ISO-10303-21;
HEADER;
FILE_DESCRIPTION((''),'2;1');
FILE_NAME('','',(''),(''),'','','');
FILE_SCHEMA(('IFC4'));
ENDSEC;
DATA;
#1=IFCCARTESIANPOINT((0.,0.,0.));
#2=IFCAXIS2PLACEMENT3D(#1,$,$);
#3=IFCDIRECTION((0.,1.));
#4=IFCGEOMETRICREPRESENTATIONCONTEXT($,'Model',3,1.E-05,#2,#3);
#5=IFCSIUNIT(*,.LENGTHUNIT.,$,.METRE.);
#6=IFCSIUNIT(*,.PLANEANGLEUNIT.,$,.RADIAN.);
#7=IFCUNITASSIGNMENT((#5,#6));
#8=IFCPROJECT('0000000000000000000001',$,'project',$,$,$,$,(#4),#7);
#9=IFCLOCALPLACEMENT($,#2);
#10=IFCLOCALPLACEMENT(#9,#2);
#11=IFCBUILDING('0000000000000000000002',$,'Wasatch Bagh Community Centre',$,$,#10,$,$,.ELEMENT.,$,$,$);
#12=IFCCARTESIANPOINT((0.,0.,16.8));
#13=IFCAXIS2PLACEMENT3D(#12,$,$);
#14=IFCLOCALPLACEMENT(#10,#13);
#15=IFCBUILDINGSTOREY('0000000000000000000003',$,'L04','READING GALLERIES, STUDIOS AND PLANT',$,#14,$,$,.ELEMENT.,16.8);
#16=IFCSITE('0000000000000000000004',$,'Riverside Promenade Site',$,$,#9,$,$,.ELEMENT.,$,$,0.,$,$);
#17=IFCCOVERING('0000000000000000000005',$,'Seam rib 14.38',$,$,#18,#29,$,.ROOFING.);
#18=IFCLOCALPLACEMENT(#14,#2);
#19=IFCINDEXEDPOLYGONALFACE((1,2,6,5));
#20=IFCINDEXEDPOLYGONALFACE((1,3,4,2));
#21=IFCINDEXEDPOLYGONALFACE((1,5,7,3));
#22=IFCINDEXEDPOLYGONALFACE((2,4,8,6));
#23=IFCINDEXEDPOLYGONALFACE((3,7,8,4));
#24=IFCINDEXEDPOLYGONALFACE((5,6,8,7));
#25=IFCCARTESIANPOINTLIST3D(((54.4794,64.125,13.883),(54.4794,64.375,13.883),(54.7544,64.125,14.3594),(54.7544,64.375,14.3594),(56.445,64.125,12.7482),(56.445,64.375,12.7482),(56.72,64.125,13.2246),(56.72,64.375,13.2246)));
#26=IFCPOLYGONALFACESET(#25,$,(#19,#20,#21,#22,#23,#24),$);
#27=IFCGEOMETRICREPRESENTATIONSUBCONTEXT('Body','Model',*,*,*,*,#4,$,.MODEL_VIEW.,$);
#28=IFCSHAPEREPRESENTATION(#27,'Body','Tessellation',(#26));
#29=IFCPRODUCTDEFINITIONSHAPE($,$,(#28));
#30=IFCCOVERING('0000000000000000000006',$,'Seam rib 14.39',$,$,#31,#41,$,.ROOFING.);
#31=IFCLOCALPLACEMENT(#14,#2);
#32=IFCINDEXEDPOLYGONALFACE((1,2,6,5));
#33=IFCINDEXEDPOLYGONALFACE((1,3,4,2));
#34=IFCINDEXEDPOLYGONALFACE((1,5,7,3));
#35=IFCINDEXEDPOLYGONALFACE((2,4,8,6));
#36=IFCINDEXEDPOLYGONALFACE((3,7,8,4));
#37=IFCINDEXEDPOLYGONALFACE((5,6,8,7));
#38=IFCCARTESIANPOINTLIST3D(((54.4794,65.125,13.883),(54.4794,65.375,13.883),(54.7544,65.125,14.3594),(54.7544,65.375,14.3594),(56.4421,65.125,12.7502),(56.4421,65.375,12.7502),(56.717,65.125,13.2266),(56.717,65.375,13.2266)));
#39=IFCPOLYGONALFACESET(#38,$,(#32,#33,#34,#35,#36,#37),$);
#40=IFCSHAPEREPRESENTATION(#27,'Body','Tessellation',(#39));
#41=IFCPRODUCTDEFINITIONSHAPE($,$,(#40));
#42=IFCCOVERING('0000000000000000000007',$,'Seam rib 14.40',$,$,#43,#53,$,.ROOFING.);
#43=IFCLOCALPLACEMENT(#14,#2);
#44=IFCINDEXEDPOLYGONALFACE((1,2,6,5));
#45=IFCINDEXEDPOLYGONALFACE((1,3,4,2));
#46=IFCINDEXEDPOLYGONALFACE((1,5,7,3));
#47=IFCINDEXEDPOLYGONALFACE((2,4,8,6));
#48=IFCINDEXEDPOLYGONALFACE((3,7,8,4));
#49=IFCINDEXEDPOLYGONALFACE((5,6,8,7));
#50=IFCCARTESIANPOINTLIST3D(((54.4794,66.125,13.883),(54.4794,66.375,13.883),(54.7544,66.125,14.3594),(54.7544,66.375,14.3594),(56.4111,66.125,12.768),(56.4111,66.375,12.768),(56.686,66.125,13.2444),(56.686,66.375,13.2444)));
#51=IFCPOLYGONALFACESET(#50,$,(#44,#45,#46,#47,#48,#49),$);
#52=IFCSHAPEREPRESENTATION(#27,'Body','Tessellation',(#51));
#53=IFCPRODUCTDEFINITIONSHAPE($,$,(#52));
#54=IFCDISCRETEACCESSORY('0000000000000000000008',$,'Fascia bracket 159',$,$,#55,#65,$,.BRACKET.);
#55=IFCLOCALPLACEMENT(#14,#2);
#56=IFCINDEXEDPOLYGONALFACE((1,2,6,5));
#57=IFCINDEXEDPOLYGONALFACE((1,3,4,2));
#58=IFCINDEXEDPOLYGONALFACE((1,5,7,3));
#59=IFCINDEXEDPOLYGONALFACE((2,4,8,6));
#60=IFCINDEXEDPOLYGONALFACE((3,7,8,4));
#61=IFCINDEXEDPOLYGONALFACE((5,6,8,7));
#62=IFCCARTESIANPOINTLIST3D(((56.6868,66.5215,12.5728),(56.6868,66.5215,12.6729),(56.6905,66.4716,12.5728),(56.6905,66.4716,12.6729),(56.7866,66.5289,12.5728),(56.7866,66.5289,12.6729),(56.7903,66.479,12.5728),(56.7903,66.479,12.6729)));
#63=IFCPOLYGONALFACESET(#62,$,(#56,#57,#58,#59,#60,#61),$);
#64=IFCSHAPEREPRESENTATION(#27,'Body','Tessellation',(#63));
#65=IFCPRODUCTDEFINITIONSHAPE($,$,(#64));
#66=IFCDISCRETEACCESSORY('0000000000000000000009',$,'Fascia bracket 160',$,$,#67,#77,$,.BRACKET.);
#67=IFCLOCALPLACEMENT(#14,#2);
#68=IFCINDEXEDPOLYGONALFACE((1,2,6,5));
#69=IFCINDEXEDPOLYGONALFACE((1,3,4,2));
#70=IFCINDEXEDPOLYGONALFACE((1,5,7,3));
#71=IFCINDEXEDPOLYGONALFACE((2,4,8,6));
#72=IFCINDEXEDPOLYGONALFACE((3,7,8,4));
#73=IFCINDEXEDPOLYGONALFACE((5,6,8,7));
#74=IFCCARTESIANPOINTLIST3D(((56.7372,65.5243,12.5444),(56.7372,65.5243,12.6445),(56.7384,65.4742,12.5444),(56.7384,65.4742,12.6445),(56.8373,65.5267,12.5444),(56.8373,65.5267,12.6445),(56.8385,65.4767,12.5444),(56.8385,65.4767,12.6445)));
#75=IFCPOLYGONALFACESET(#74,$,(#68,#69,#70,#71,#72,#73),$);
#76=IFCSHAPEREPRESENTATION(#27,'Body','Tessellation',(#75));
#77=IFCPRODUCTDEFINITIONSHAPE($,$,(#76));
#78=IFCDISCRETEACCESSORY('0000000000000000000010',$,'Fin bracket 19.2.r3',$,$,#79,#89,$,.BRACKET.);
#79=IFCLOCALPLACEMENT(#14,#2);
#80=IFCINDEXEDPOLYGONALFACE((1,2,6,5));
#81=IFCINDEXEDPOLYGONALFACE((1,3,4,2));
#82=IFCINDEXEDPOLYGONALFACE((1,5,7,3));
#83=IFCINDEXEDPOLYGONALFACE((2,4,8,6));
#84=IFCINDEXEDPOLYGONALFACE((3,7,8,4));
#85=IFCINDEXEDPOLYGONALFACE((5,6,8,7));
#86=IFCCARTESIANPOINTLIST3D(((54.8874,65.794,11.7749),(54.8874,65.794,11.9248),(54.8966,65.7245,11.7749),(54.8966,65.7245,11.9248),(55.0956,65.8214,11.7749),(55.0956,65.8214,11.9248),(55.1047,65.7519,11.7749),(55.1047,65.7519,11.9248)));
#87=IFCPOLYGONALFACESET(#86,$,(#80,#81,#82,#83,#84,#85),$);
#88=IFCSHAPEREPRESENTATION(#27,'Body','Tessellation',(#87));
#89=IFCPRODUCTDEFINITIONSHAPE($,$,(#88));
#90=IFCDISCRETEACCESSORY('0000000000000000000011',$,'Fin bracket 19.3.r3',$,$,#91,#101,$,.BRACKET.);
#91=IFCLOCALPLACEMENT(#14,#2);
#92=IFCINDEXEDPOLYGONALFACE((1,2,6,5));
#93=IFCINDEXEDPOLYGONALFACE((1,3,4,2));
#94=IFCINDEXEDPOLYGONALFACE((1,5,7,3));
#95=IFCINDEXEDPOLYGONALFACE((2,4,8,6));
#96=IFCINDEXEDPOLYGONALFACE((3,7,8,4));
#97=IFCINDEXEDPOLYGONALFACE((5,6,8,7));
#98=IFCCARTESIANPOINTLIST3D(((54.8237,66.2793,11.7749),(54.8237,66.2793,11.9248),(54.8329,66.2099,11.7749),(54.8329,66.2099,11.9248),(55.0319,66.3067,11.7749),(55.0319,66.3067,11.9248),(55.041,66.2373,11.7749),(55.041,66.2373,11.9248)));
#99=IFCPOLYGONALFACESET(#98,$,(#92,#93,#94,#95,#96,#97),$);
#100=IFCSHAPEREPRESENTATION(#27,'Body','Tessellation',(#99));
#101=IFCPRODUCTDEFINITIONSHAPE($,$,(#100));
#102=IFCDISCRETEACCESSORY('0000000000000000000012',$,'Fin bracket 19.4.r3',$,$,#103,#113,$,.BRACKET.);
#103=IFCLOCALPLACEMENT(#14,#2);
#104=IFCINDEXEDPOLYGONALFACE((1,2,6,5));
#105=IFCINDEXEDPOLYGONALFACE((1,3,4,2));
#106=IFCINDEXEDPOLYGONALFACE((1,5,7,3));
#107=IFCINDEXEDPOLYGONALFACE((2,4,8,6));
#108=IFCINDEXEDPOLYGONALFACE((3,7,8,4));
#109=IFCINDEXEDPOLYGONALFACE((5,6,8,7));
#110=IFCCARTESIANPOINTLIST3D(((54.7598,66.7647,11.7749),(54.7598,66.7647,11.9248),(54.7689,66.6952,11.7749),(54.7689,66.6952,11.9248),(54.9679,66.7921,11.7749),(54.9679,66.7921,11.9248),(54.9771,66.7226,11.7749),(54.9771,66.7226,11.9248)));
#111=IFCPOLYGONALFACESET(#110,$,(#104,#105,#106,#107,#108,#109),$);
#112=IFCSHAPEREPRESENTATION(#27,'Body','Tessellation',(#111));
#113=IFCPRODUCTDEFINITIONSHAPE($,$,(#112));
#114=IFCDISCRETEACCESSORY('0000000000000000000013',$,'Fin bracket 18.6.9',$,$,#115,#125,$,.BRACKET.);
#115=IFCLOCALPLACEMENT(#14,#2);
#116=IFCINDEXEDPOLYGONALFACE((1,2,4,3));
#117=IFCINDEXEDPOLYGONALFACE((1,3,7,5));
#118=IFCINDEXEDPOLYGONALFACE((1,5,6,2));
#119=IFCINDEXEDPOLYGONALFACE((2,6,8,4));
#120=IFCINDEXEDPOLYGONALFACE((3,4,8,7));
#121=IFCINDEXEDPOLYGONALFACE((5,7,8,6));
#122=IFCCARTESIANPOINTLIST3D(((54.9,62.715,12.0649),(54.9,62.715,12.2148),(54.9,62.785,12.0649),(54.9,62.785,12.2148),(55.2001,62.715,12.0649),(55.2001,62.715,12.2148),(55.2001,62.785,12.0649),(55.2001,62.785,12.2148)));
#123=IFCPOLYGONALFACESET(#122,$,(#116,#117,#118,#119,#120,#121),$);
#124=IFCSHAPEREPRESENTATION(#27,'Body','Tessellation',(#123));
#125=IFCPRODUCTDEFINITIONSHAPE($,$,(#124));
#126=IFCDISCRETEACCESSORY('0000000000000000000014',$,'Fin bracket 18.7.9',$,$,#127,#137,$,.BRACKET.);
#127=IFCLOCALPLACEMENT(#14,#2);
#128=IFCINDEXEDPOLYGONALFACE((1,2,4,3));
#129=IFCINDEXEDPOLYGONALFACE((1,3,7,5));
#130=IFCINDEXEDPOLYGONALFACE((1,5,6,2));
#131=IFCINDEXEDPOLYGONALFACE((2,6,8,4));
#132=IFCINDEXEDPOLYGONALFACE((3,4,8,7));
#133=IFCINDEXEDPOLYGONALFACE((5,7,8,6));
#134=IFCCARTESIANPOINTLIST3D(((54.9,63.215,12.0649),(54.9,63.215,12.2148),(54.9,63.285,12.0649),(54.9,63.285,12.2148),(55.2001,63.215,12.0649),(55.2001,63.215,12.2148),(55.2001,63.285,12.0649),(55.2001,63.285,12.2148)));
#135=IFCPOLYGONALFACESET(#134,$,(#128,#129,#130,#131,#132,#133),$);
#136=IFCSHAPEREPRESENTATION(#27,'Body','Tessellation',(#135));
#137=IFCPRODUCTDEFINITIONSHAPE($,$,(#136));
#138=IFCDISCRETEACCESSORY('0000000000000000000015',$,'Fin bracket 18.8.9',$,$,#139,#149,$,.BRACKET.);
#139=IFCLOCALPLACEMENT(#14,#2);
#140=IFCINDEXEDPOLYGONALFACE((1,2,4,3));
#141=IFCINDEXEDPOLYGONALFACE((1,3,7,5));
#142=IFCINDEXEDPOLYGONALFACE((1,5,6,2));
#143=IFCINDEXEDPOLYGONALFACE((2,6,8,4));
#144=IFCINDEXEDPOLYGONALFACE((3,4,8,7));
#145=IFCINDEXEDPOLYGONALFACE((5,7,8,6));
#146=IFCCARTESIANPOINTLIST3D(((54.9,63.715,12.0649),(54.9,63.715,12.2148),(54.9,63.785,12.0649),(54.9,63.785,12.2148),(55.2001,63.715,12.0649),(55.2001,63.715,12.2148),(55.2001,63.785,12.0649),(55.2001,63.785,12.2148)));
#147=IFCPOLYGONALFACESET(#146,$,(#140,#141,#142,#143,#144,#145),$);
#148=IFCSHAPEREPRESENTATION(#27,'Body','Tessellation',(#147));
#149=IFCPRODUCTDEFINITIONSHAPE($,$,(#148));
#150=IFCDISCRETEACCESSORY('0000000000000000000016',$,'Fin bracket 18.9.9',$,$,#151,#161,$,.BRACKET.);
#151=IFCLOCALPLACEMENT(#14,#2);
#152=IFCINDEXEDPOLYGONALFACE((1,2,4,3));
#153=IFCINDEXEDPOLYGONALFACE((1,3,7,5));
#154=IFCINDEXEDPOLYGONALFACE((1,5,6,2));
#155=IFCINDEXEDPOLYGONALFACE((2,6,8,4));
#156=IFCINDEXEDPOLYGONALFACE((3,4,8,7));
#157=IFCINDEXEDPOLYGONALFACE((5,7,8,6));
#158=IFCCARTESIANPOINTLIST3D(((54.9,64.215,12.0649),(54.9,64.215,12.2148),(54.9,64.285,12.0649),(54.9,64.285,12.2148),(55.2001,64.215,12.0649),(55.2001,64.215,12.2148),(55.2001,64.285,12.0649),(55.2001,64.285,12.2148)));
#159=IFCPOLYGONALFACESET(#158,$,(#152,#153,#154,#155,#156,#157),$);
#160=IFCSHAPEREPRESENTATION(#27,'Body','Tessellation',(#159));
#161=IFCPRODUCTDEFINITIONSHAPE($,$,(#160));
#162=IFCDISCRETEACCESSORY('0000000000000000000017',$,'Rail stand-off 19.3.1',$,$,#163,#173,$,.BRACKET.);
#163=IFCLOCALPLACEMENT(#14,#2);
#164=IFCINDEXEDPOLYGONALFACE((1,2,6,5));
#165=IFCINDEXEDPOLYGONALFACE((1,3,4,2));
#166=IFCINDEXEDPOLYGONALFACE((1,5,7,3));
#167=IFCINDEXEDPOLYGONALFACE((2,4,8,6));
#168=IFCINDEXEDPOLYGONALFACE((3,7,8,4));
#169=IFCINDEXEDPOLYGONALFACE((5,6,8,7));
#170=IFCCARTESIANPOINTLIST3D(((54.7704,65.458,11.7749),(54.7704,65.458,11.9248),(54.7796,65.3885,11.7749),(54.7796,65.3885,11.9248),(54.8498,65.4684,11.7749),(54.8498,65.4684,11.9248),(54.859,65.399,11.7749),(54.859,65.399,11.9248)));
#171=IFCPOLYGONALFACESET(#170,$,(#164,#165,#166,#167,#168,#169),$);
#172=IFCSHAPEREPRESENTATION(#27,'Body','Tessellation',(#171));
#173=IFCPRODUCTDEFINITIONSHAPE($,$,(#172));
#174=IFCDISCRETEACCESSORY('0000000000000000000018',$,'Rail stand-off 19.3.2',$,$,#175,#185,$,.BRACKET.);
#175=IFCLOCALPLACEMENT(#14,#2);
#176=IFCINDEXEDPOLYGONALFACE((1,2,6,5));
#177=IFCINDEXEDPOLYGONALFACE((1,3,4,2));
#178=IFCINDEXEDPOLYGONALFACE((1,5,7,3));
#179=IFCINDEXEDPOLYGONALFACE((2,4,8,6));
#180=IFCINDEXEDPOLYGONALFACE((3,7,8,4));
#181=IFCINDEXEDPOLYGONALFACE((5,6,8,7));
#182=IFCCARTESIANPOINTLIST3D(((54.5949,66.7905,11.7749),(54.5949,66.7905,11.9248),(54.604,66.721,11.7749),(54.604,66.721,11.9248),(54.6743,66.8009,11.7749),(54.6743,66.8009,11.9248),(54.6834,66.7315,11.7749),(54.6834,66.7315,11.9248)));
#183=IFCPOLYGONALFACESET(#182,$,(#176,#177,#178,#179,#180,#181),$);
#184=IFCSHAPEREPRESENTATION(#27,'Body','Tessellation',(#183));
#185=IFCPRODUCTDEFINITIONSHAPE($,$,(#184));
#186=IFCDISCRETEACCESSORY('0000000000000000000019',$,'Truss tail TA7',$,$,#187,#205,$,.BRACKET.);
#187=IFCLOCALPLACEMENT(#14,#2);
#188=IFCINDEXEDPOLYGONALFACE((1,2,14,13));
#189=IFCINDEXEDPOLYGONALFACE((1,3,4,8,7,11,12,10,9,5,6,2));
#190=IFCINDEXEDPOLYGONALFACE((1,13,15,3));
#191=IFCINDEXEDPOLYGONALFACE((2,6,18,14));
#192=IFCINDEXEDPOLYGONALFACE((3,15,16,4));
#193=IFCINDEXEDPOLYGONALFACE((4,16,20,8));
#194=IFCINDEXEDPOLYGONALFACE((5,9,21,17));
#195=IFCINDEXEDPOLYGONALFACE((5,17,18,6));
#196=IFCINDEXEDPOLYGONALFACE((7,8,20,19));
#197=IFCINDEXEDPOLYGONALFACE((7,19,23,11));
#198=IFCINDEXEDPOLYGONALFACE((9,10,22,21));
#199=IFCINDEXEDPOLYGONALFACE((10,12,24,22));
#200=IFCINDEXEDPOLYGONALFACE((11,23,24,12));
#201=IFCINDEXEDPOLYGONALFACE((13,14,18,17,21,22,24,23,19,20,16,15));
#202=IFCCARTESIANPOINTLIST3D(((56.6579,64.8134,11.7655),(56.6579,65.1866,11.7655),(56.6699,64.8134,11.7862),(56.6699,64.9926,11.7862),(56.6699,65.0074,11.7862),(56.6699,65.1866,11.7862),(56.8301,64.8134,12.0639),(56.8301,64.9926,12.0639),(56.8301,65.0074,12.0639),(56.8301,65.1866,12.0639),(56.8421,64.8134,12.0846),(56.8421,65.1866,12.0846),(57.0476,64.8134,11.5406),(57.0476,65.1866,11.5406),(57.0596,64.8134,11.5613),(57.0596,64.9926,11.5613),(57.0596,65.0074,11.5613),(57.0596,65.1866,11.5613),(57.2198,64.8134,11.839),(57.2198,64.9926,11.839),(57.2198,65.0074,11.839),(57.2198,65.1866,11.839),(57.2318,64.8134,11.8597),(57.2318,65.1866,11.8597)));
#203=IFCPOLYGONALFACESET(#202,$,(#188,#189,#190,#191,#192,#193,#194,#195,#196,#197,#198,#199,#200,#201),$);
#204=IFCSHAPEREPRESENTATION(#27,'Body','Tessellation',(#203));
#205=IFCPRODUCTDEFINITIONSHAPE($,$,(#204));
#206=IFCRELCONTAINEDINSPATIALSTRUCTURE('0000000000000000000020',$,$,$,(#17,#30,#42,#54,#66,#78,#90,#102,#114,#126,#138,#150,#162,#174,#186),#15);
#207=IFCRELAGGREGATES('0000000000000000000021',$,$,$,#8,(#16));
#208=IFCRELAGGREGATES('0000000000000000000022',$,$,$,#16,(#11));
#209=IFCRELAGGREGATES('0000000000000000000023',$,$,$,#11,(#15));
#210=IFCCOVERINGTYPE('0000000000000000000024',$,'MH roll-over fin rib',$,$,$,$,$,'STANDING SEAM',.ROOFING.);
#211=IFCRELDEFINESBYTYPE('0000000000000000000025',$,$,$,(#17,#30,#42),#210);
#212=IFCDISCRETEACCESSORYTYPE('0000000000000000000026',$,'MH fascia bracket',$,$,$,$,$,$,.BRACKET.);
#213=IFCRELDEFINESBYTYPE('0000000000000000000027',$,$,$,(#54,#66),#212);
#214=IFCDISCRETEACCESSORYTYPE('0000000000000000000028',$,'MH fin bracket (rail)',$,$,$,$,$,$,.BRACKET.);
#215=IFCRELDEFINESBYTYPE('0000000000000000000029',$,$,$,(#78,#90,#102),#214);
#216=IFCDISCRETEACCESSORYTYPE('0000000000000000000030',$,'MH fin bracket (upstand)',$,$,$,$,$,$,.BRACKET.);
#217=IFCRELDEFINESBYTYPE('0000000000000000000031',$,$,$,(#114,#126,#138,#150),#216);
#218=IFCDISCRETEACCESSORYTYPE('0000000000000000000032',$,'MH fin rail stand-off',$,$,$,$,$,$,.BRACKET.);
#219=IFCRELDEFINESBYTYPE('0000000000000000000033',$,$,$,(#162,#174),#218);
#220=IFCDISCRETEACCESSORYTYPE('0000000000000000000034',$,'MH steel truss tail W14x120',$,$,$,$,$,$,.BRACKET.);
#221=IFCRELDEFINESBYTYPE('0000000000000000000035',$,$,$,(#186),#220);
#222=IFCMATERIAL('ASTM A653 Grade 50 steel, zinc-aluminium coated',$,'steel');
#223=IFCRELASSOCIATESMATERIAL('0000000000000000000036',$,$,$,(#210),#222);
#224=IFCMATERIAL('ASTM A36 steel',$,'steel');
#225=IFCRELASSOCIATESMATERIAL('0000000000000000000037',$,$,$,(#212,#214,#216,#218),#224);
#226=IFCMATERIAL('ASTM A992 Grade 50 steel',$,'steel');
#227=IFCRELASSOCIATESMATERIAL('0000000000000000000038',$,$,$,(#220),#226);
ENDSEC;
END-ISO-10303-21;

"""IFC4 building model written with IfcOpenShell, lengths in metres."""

from ifc_helpers import new_model, si_unit, direction, frame, origin, origin_2d, place, context, subcontext, project, spatial, polyline, rectangle, i_section, outline, extrude, material, material_profile, profile_set, type_object, element, save


model = new_model("IFC4")

# Units and contexts
model_context = context("Model", 3, precision=1e-05, world=origin(), true_north=direction((0.0, 1.0)))
body_context = subcontext(model_context, "Body", "Model", "MODEL_VIEW")
ifc_project = project(units=[si_unit("LENGTHUNIT", "METRE"), si_unit("PLANEANGLEUNIT", "RADIAN")], contexts=[model_context])

# Site, building, storey
site_placement = place(None, origin())
site = spatial("IfcSite", under=ifc_project, at=site_placement, Name="Riverside Promenade Site", CompositionType="ELEMENT", RefElevation=0.0)
building_placement = place(site_placement, origin())
building = spatial("IfcBuilding", under=site, at=building_placement, Name="Wasatch Bagh Community Centre", CompositionType="ELEMENT")
storey_placement = place(building_placement, frame((0.0, 0.0, 16.8)))
storey = spatial("IfcBuildingStorey", under=building, at=storey_placement, Name="L04", Description="READING GALLERIES, STUDIOS AND PLANT", CompositionType="ELEMENT", Elevation=16.8)

# Shared definitions
ifc_material_1 = material(Name="ASTM A992 Grade 50 steel", Category="steel")

# Coverings
ifc_material_2 = material(Name="ASTM A653 Grade 50 steel, zinc-aluminium coated", Category="steel")
covering_type_1 = type_object("IfcCoveringType", Name="MH roll-over fin rib", ElementType="STANDING SEAM", PredefinedType="ROOFING", material=ifc_material_2)
for number, where, z_axis, x_axis, name in (
    (1, (54.7544, 64.125, 14.3594), (0.49998, 0.0, 0.866037), (0.866037, 0.0, -0.49998), "Seam rib 14.38"),
):
    element("IfcCovering", number, at=place(storey_placement, frame(where, z_axis=z_axis, x_axis=x_axis)), inside=storey, type_object=covering_type_1, Name=name, PredefinedType="ROOFING", context=body_context, shape_type="SweptSolid", body=[
        extrude(outline(polyline([(0.0, 0.0), (2.2696, 0.0), (2.2696, 0.25), (0.0, 0.25), (0.0, 0.0)])), origin(), (0.0, 0.0, -1.0), 0.55),
    ])
covering_1_placement = place(storey_placement, frame((54.7544, 65.125, 14.3594), z_axis=(0.499893, 0.0, 0.866087), x_axis=(0.866087, 0.0, -0.499893)))
element("IfcCovering", 2, at=covering_1_placement, inside=storey, type_object=covering_type_1, Name="Seam rib 14.39", PredefinedType="ROOFING", context=body_context, shape_type="SweptSolid", body=[
    extrude(outline(polyline([(0.0, 0.0), (2.2661, 0.0), (2.2661, 0.25), (0.0, 0.25), (0.0, 0.0)])), origin(), (0.0, 0.0, -1.0), 0.55),
])
covering_2_placement = place(storey_placement, frame((54.7544, 66.125, 14.3594), z_axis=(0.499918, 0.0, 0.866073), x_axis=(0.866073, 0.0, -0.499918)))
element("IfcCovering", 3, at=covering_2_placement, inside=storey, type_object=covering_type_1, Name="Seam rib 14.40", PredefinedType="ROOFING", context=body_context, shape_type="SweptSolid", body=[
    extrude(outline(polyline([(0.0, 0.0), (2.2303, 0.0), (2.2303, 0.25), (0.0, 0.25), (0.0, 0.0)])), origin(), (0.0, 0.0, -1.0), 0.55),
])

# Discrete accessories
ifc_material_3 = material(Name="ASTM A36 steel", Category="steel")
discrete_accessory_type_1 = type_object("IfcDiscreteAccessoryType", Name="MH fascia bracket", PredefinedType="BRACKET", material=ifc_material_3)
for number, where, z_axis, x_axis, name in (
    (4, (56.7385, 66.5002, 12.5728), (0.0, 0.0, 1.0), (0.99729, 0.073565, 0.0), "Fascia bracket 159"),
    (5, (56.7878, 65.5005, 12.5444), (0.0, 0.0, 1.0), (0.999699, 0.024541, 0.0), "Fascia bracket 160"),
):
    element("IfcDiscreteAccessory", number, at=place(storey_placement, frame(where, z_axis=z_axis, x_axis=x_axis)), inside=storey, type_object=discrete_accessory_type_1, Name=name, PredefinedType="BRACKET", context=body_context, shape_type="SweptSolid", body=[
        extrude(rectangle(XDim=0.1001, YDim=0.05, at=origin_2d()), origin(), (0.0, 0.0, 1.0), 0.1001),
    ])
discrete_accessory_type_2 = type_object("IfcDiscreteAccessoryType", Name="MH fin bracket (rail)", PredefinedType="BRACKET", material=ifc_material_3)
for number, where, z_axis, x_axis, name in (
    (6, (54.9961, 65.7729, 11.7749), (0.0, 0.0, 1.0), (-0.130526, 0.991445, 0.0), "Fin bracket 19.2.r3"),
    (7, (54.9324, 66.2583, 11.7749), (0.0, 0.0, 1.0), (-0.130526, 0.991445, 0.0), "Fin bracket 19.3.r3"),
    (8, (54.8684, 66.7437, 11.7749), (0.0, 0.0, 1.0), (-0.130526, 0.991445, 0.0), "Fin bracket 19.4.r3"),
):
    element("IfcDiscreteAccessory", number, at=place(storey_placement, frame(where, z_axis=z_axis, x_axis=x_axis)), inside=storey, type_object=discrete_accessory_type_2, Name=name, PredefinedType="BRACKET", context=body_context, shape_type="SweptSolid", body=[
        extrude(rectangle(XDim=0.0701, YDim=0.21, at=origin_2d()), origin(), (0.0, 0.0, 1.0), 0.1499),
    ])
discrete_accessory_type_3 = type_object("IfcDiscreteAccessoryType", Name="MH fin bracket (upstand)", PredefinedType="BRACKET", material=ifc_material_3)
for number, where, z_axis, x_axis, name in (
    (9, (55.05, 62.75, 12.0649), (0.0, 0.0, 1.0), (0.0, 1.0, 0.0), "Fin bracket 18.6.9"),
    (10, (55.05, 63.25, 12.0649), (0.0, 0.0, 1.0), (0.0, 1.0, 0.0), "Fin bracket 18.7.9"),
    (11, (55.05, 63.75, 12.0649), (0.0, 0.0, 1.0), (0.0, 1.0, 0.0), "Fin bracket 18.8.9"),
    (12, (55.05, 64.25, 12.0649), (0.0, 0.0, 1.0), (0.0, 1.0, 0.0), "Fin bracket 18.9.9"),
):
    element("IfcDiscreteAccessory", number, at=place(storey_placement, frame(where, z_axis=z_axis, x_axis=x_axis)), inside=storey, type_object=discrete_accessory_type_3, Name=name, PredefinedType="BRACKET", context=body_context, shape_type="SweptSolid", body=[
        extrude(rectangle(XDim=0.0701, YDim=0.3, at=origin_2d()), origin(), (0.0, 0.0, 1.0), 0.1499),
    ])
discrete_accessory_type_4 = type_object("IfcDiscreteAccessoryType", Name="MH fin rail stand-off", PredefinedType="BRACKET", material=ifc_material_3)
for number, where, z_axis, x_axis, name in (
    (13, (54.8147, 65.4285, 11.7749), (0.0, 0.0, 1.0), (-0.130526, 0.991445, 0.0), "Rail stand-off 19.3.1"),
    (14, (54.6392, 66.761, 11.7749), (0.0, 0.0, 1.0), (-0.130526, 0.991445, 0.0), "Rail stand-off 19.3.2"),
):
    element("IfcDiscreteAccessory", number, at=place(storey_placement, frame(where, z_axis=z_axis, x_axis=x_axis)), inside=storey, type_object=discrete_accessory_type_4, Name=name, PredefinedType="BRACKET", context=body_context, shape_type="SweptSolid", body=[
        extrude(rectangle(XDim=0.0701, YDim=0.0801, at=origin_2d()), origin(), (0.0, 0.0, 1.0), 0.1499),
    ])
ifc_material_profile_1 = material_profile(ifc_material_1, i_section(OverallWidth=0.3733, OverallDepth=0.3684, WebThickness=0.0149, FlangeThickness=0.0239, at=origin_2d()), Name="W14x120")
ifc_profile_set_1 = profile_set([ifc_material_profile_1], Name="ASTM A992 Grade 50 steel")
discrete_accessory_type_5 = type_object("IfcDiscreteAccessoryType", Name="MH steel truss tail W14x120", PredefinedType="BRACKET", material=ifc_profile_set_1)
discrete_accessory_placement = place(storey_placement, frame((56.75, 65.0, 11.925), z_axis=(0.866131, 0.0, -0.499816), x_axis=(0.0, 1.0, 0.0)))
element("IfcDiscreteAccessory", 15, at=discrete_accessory_placement, inside=storey, type_object=discrete_accessory_type_5, Name="Truss tail TA7", PredefinedType="BRACKET", context=body_context, shape_type="SweptSolid", body=[
    extrude(i_section(OverallWidth=0.3733, OverallDepth=0.3684, WebThickness=0.0149, FlangeThickness=0.0239, at=origin_2d()), origin(), (0.0, 0.0, 1.0), 0.45),
])

save(model, "model.ifc")
